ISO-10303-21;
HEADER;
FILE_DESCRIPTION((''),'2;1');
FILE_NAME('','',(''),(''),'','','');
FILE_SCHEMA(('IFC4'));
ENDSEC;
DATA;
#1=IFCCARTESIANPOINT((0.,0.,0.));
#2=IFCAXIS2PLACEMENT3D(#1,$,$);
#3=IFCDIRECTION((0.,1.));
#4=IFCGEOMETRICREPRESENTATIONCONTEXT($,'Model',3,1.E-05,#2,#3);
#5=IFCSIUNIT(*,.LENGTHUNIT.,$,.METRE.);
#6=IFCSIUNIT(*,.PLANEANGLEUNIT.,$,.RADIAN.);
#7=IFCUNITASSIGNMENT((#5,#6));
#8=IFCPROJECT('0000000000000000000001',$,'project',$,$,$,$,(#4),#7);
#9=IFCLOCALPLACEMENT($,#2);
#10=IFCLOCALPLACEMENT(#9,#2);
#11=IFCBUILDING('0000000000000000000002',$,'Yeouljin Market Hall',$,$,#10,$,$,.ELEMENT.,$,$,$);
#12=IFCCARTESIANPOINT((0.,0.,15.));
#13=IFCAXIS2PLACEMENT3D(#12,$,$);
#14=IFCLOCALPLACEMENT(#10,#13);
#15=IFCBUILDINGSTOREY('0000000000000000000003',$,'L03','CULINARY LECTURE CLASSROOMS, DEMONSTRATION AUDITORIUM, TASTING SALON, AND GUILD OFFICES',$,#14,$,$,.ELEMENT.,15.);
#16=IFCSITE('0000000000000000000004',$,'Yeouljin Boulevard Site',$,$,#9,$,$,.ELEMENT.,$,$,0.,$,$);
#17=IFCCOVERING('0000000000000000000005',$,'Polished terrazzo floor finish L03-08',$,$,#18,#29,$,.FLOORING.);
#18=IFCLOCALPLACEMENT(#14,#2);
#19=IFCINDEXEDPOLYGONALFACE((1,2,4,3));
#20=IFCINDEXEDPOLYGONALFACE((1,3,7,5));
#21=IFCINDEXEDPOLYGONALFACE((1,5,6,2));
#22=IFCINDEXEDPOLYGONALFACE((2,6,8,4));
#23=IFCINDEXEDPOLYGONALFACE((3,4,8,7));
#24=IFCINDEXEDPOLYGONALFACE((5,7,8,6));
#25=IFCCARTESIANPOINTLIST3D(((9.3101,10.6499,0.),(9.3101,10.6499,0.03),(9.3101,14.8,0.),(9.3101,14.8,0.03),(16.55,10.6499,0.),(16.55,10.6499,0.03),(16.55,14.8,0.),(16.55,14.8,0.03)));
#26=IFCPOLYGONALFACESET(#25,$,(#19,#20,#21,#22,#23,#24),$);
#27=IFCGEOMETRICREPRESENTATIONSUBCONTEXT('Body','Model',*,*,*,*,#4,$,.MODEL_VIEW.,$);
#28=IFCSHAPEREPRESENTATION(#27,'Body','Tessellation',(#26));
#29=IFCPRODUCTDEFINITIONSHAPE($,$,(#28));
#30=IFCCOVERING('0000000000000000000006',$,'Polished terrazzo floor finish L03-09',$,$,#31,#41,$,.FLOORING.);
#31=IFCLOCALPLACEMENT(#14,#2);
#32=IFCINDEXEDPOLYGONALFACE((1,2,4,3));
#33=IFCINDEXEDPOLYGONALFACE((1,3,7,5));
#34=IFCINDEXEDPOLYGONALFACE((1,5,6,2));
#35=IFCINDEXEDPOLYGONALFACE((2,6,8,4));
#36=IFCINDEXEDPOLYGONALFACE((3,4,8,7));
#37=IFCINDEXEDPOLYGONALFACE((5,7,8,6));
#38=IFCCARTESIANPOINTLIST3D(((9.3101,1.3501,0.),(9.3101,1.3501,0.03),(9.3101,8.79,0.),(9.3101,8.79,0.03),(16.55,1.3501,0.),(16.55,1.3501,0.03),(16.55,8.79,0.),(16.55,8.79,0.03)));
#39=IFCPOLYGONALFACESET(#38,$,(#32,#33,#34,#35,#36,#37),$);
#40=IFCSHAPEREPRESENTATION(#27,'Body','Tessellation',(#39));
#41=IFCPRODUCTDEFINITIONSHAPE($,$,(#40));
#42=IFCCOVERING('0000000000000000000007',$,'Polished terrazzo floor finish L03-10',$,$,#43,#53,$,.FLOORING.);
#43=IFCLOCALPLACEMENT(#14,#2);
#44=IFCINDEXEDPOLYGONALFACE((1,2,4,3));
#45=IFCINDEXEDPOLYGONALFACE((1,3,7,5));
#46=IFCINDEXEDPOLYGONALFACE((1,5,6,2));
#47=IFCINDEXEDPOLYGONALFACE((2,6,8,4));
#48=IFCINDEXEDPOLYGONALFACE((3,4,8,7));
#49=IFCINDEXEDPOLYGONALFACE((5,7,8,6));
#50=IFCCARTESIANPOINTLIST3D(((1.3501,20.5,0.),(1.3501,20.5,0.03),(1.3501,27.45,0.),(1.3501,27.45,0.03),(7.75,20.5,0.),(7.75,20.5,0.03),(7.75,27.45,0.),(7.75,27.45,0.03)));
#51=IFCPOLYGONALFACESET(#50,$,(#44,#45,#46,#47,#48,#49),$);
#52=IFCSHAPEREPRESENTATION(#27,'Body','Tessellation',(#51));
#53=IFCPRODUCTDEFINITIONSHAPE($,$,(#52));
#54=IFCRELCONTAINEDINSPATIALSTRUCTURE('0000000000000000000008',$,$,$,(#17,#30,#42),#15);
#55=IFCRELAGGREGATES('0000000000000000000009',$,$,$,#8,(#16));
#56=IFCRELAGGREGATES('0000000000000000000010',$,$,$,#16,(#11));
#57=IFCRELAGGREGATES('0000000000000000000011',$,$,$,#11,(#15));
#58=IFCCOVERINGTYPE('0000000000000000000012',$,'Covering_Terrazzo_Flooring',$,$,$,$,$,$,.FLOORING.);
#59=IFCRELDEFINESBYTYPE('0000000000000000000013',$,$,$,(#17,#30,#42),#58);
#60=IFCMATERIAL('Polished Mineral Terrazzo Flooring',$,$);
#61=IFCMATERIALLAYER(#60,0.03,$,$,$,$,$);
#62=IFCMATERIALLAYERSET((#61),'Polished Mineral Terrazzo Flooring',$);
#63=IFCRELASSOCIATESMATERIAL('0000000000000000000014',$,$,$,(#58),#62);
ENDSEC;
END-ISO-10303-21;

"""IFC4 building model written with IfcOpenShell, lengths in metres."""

from ifc_helpers import new_model, si_unit, direction, frame, origin, place, context, subcontext, project, spatial, polyline, outline, extrude, material, layer, layer_set, type_object, element, save


model = new_model("IFC4")

# Units and contexts
model_context = context("Model", 3, precision=1e-05, world=origin(), true_north=direction((0.0, 1.0)))
body_context = subcontext(model_context, "Body", "Model", "MODEL_VIEW")
ifc_project = project(units=[si_unit("LENGTHUNIT", "METRE"), si_unit("PLANEANGLEUNIT", "RADIAN")], contexts=[model_context])

# Site, building, storey
site_placement = place(None, origin())
site = spatial("IfcSite", under=ifc_project, at=site_placement, Name="Yeouljin Boulevard Site", CompositionType="ELEMENT", RefElevation=0.0)
building_placement = place(site_placement, origin())
building = spatial("IfcBuilding", under=site, at=building_placement, Name="Yeouljin Market Hall", CompositionType="ELEMENT")
storey_placement = place(building_placement, frame((0.0, 0.0, 15.0)))
storey = spatial("IfcBuildingStorey", under=building, at=storey_placement, Name="L03", Description="CULINARY LECTURE CLASSROOMS, DEMONSTRATION AUDITORIUM, TASTING SALON, AND GUILD OFFICES", CompositionType="ELEMENT", Elevation=15.0)

# Coverings
ifc_material_1 = material(Name="Polished Mineral Terrazzo Flooring")
ifc_layer_1 = layer(ifc_material_1, 0.03)
ifc_layer_set_1 = layer_set([ifc_layer_1], Name="Polished Mineral Terrazzo Flooring")
covering_type_1 = type_object("IfcCoveringType", Name="Covering_Terrazzo_Flooring", PredefinedType="FLOORING", material=ifc_layer_set_1)
covering_1_placement = place(storey_placement, origin())
element("IfcCovering", 1, at=covering_1_placement, inside=storey, type_object=covering_type_1, Name="Polished terrazzo floor finish L03-08", PredefinedType="FLOORING", context=body_context, shape_type="SweptSolid", body=[
    extrude(outline(polyline([(16.55, 10.6499), (16.55, 14.8), (9.3101, 14.8), (9.3101, 10.6499), (16.55, 10.6499)])), origin(), (0.0, 0.0, 1.0), 0.03),
])
covering_2_placement = place(storey_placement, origin())
element("IfcCovering", 2, at=covering_2_placement, inside=storey, type_object=covering_type_1, Name="Polished terrazzo floor finish L03-09", PredefinedType="FLOORING", context=body_context, shape_type="SweptSolid", body=[
    extrude(outline(polyline([(16.55, 1.3501), (16.55, 8.79), (9.3101, 8.79), (9.3101, 1.3501), (16.55, 1.3501)])), origin(), (0.0, 0.0, 1.0), 0.03),
])
covering_3_placement = place(storey_placement, origin())
element("IfcCovering", 3, at=covering_3_placement, inside=storey, type_object=covering_type_1, Name="Polished terrazzo floor finish L03-10", PredefinedType="FLOORING", context=body_context, shape_type="SweptSolid", body=[
    extrude(outline(polyline([(7.75, 20.5), (7.75, 27.45), (1.3501, 27.45), (1.3501, 20.5), (7.75, 20.5)])), origin(), (0.0, 0.0, 1.0), 0.03),
])

save(model, "model.ifc")
